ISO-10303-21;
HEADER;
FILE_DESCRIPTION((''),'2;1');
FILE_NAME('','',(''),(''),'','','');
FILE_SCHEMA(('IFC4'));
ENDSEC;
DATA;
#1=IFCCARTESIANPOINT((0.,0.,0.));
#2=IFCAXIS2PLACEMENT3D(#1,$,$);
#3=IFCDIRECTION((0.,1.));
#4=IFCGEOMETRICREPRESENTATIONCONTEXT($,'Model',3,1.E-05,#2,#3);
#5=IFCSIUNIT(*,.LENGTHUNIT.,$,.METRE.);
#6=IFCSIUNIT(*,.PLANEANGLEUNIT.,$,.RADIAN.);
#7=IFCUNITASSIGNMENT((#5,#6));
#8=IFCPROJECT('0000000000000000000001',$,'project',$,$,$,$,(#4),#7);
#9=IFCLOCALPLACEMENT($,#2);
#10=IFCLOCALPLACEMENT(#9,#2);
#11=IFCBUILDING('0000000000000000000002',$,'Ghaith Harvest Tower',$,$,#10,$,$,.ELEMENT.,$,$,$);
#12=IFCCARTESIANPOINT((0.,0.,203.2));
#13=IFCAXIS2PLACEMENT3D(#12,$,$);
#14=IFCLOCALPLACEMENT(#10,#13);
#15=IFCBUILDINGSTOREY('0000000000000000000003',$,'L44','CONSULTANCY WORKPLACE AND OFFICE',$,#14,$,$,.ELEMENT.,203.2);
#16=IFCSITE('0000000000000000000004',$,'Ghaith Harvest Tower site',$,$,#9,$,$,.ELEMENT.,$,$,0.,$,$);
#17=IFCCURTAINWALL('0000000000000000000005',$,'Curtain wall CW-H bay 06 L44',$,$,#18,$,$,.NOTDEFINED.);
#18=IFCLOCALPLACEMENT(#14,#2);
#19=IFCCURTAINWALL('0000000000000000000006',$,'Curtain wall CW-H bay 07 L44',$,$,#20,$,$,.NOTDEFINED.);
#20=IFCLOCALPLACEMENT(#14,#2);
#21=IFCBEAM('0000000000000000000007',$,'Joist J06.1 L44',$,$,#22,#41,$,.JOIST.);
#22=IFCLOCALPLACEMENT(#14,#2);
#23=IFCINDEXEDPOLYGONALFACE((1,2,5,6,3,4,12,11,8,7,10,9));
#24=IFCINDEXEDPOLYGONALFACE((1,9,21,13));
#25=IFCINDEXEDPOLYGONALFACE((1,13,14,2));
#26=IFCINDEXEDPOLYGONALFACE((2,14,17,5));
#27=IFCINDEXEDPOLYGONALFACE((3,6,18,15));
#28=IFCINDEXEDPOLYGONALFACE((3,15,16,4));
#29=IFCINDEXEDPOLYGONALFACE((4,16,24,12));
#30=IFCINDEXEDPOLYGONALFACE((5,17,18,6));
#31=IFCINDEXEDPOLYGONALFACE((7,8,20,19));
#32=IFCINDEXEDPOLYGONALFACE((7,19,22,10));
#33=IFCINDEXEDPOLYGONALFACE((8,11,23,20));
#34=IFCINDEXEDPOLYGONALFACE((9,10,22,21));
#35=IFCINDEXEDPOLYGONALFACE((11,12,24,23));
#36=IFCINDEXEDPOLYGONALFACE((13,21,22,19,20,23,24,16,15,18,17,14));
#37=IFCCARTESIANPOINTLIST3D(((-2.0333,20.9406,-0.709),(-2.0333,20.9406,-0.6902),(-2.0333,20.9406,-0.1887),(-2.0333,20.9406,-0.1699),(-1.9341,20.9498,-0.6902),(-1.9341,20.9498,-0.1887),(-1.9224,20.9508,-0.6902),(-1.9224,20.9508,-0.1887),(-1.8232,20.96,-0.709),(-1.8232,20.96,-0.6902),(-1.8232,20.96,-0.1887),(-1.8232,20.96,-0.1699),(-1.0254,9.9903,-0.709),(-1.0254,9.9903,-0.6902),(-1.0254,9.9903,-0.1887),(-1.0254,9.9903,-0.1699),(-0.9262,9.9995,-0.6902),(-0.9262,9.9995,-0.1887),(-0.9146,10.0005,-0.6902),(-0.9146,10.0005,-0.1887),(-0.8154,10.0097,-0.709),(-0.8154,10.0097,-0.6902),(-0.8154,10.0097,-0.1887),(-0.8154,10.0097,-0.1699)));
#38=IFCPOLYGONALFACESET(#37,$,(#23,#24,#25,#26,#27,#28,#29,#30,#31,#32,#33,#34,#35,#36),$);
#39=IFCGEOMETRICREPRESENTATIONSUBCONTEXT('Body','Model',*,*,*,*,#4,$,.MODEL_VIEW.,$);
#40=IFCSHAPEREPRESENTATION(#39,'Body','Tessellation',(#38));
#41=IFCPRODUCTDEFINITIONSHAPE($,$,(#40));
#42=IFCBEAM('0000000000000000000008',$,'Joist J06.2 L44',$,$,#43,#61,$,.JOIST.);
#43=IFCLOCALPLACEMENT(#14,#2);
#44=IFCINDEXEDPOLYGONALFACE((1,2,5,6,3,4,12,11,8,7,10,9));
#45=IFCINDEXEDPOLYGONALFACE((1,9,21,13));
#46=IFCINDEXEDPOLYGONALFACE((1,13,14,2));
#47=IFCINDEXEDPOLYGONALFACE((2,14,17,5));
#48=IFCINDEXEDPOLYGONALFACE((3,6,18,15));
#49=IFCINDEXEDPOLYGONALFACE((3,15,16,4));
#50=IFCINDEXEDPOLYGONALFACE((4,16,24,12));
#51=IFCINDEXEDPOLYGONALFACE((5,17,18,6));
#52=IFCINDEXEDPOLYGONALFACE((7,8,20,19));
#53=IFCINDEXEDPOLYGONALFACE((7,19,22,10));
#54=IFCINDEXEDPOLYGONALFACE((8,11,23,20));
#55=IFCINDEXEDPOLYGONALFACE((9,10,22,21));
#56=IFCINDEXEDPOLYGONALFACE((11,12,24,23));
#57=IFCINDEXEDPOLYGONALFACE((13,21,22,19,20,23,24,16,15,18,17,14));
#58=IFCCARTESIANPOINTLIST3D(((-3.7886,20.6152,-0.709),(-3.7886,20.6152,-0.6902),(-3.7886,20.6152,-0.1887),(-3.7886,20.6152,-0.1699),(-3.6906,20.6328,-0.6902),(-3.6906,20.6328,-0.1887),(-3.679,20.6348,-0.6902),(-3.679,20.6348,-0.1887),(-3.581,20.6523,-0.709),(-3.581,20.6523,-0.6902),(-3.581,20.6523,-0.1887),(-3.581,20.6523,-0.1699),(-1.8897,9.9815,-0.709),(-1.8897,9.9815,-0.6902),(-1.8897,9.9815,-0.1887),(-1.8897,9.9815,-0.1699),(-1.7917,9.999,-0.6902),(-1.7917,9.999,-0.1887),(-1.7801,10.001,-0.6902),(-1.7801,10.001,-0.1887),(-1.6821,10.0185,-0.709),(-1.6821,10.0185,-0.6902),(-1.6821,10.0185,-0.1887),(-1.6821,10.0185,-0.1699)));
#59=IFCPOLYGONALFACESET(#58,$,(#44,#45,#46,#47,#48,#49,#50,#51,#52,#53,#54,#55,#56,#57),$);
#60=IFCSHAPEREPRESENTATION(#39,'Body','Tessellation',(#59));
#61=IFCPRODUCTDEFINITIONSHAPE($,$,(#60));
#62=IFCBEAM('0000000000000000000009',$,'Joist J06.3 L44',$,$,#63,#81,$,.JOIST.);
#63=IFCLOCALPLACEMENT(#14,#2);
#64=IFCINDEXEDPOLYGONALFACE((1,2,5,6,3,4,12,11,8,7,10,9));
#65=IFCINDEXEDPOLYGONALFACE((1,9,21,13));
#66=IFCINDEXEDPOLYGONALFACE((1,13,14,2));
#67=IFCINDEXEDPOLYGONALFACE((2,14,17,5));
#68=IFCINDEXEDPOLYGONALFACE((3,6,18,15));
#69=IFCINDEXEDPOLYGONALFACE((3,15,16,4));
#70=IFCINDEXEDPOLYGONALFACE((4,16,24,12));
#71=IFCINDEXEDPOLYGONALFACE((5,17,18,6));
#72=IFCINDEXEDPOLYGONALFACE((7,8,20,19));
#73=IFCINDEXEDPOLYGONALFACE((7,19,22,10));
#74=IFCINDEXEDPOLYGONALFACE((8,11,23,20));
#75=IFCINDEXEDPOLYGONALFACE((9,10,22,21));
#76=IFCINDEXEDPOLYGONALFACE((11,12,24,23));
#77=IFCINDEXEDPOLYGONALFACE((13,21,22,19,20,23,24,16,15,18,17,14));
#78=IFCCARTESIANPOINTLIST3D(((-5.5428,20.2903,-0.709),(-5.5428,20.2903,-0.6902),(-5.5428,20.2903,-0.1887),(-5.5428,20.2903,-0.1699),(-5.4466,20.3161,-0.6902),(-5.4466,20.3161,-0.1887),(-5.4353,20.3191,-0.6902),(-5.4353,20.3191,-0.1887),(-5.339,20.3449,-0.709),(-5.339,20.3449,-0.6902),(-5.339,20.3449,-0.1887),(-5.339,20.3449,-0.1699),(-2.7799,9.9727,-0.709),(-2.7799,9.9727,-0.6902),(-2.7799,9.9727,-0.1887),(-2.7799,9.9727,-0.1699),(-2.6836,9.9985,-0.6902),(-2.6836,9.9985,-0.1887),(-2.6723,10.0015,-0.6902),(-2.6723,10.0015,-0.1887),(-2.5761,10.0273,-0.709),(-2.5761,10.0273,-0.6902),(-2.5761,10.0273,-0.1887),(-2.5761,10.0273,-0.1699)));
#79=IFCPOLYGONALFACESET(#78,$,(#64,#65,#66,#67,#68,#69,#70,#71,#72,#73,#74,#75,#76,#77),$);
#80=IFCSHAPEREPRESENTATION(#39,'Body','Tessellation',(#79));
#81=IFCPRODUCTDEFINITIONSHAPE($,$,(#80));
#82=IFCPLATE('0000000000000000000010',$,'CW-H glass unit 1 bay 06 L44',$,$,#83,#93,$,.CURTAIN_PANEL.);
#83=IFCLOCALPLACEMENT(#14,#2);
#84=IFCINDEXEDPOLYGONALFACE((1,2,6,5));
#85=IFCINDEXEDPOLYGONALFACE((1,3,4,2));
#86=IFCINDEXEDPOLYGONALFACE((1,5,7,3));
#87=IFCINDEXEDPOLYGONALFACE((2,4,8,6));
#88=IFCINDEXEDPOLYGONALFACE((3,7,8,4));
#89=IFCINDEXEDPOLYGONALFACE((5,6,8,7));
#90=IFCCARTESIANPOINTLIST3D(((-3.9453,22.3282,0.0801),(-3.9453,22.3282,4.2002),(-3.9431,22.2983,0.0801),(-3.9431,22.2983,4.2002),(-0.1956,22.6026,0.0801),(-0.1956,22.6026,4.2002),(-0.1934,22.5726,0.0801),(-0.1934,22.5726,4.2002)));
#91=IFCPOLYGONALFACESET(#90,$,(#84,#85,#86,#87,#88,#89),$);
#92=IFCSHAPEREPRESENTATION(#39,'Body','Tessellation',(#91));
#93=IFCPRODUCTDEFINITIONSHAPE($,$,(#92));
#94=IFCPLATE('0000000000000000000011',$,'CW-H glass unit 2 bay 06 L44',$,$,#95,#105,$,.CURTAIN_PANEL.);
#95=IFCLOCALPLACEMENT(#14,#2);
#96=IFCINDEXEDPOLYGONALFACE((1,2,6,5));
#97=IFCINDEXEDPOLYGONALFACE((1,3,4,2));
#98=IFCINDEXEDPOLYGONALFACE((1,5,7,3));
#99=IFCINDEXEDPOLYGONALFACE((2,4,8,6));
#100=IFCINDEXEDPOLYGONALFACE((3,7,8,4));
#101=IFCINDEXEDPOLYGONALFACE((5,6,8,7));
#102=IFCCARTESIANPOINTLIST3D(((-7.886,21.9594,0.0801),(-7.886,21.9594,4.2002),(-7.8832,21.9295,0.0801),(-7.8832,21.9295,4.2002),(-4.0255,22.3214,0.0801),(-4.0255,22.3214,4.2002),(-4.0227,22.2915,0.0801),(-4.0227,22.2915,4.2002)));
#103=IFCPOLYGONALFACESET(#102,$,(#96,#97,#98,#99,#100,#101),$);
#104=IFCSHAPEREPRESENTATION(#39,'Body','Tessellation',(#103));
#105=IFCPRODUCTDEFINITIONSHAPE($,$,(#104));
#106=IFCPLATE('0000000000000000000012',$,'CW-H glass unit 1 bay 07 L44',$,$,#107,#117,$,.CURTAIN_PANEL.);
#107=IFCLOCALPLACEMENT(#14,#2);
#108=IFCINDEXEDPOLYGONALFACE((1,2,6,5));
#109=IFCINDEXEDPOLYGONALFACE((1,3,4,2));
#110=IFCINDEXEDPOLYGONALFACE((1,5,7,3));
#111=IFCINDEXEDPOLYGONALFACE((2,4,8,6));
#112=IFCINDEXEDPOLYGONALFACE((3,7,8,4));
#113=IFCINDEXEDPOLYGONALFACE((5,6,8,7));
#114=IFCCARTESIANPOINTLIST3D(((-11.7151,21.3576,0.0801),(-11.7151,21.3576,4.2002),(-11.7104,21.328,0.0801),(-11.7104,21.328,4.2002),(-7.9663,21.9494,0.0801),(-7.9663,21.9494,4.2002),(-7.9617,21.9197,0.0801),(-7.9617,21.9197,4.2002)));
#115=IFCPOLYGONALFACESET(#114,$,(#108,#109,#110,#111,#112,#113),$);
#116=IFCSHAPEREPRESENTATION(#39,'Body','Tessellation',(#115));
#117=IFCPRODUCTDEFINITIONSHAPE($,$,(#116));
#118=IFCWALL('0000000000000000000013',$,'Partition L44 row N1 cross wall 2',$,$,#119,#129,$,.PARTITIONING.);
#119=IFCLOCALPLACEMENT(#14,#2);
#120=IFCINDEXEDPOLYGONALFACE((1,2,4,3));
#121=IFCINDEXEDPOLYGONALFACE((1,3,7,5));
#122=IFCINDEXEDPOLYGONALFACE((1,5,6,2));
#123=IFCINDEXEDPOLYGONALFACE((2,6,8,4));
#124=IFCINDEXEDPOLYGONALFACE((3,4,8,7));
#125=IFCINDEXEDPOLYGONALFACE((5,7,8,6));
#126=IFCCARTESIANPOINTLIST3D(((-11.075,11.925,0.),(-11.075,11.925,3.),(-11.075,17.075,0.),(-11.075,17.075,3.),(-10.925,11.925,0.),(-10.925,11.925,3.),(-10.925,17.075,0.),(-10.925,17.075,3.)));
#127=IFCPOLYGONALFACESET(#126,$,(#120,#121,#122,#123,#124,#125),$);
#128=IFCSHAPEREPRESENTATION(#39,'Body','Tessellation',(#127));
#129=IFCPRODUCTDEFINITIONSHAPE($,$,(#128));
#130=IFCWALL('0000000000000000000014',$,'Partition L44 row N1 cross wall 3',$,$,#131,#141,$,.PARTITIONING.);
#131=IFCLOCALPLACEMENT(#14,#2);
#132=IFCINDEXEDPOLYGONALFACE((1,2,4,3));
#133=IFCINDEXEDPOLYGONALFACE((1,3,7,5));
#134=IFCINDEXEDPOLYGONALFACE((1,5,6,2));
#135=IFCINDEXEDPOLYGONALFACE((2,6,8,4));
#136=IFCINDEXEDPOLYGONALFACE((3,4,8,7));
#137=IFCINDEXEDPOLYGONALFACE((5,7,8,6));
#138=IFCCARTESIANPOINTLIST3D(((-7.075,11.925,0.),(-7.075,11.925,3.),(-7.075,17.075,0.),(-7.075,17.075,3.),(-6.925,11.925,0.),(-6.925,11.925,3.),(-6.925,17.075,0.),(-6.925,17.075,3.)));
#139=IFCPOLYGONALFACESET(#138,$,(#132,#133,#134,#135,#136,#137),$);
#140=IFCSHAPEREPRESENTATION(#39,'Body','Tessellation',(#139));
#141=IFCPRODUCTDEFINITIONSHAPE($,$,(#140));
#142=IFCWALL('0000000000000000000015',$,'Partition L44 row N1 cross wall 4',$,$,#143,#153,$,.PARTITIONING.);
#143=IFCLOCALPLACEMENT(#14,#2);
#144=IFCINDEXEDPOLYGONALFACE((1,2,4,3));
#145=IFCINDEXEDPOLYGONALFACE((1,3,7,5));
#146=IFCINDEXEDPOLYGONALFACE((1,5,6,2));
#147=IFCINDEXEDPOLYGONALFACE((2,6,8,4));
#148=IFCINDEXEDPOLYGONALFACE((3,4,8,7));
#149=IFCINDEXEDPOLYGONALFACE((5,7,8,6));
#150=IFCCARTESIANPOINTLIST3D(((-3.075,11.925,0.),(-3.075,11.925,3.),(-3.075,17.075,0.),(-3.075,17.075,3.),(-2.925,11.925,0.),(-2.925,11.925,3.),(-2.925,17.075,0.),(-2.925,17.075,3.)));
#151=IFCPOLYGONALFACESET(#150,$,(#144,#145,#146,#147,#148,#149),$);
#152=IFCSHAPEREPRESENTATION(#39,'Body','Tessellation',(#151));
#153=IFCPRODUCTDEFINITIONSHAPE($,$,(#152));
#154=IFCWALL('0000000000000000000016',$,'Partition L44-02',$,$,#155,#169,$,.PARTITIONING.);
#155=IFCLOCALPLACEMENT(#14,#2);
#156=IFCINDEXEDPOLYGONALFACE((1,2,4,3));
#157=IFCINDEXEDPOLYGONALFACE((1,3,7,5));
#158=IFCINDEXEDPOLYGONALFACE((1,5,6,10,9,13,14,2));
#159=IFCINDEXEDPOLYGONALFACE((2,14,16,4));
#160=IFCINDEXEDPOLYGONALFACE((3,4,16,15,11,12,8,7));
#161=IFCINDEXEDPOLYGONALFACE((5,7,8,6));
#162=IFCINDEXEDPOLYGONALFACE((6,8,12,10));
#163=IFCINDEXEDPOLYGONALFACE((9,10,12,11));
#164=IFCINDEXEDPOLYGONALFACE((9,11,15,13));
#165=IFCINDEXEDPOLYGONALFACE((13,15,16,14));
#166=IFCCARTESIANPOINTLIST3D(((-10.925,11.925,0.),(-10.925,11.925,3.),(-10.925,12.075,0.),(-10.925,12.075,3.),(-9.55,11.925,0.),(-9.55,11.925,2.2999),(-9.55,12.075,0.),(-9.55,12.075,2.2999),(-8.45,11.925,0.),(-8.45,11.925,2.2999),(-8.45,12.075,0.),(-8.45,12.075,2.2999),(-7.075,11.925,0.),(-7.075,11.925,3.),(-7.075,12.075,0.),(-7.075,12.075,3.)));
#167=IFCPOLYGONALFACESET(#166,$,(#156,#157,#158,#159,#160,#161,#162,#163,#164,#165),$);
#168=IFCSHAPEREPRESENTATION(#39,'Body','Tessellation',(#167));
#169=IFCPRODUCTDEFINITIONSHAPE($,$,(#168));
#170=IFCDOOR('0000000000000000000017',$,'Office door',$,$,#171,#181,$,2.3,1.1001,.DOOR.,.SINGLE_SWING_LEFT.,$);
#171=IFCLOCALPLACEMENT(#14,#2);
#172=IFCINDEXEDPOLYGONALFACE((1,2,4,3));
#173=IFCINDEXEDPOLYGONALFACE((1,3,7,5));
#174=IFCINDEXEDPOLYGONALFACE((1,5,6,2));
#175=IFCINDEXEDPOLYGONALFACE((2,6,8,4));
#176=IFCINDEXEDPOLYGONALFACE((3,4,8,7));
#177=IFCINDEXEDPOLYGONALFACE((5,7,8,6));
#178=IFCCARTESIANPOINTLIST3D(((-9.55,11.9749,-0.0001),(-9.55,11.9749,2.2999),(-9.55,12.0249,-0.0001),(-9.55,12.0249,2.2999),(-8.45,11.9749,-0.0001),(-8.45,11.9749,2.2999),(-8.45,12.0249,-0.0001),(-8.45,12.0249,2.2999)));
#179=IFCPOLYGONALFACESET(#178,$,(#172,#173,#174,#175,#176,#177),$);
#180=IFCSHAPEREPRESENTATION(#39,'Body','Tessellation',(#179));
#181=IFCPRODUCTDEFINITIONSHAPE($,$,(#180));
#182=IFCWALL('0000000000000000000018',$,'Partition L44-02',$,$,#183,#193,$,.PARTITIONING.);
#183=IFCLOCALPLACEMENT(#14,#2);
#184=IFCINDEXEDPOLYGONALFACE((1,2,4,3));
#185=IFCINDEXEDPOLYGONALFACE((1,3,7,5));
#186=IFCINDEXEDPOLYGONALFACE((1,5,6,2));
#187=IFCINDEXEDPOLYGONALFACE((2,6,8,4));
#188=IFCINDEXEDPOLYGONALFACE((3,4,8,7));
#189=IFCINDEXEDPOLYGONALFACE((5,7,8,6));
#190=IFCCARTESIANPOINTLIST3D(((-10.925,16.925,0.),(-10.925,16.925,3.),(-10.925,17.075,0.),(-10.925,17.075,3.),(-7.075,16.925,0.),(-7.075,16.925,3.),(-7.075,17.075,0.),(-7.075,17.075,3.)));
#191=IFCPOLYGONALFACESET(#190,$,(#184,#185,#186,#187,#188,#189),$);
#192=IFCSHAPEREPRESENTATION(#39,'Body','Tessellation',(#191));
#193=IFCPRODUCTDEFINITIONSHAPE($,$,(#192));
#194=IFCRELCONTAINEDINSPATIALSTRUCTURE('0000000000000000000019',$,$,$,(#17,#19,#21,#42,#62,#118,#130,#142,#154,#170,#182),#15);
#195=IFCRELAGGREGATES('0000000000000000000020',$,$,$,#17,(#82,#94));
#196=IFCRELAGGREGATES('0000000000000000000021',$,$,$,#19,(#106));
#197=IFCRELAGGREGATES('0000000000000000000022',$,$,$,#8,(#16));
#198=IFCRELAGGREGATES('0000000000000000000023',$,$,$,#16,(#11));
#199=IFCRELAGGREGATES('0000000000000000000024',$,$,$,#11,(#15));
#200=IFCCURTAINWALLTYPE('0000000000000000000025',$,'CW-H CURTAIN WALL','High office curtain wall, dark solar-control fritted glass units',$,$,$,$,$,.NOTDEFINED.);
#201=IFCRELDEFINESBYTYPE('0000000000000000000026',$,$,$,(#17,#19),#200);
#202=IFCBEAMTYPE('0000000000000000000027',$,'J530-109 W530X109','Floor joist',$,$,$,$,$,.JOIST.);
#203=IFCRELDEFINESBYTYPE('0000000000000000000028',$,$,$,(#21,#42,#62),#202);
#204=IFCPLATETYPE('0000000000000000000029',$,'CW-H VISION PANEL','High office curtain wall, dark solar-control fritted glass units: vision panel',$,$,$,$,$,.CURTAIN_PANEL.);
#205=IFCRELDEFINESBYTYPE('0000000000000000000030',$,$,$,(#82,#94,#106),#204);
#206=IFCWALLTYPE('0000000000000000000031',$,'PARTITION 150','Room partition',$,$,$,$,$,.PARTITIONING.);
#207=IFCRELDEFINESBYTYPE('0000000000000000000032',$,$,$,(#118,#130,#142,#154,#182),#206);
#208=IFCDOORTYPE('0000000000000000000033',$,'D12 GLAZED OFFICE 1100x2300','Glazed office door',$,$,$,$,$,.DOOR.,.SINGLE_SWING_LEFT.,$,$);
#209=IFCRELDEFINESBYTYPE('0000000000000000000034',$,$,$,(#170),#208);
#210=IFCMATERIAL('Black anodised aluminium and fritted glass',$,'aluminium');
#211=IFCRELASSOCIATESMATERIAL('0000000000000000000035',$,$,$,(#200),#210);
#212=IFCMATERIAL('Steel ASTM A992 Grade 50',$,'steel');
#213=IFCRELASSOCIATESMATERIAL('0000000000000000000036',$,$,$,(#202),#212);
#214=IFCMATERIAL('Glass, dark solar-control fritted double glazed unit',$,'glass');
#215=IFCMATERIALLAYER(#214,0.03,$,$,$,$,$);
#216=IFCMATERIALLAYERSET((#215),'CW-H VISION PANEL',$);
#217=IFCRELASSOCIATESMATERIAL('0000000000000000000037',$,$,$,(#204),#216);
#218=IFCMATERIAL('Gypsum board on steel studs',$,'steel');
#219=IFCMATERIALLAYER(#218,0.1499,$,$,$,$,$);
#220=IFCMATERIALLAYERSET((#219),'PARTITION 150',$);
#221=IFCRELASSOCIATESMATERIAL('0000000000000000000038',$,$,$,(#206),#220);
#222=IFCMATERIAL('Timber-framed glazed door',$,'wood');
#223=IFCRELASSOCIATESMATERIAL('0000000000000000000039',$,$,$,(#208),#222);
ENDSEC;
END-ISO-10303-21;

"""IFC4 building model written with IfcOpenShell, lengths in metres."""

from ifc_helpers import new_model, si_unit, direction, frame, frame_2d, origin, origin_2d, place, context, subcontext, project, spatial, rectangle, i_section, extrude, material, layer, layer_set, material_profile, profile_set, type_object, element, fill, aggregate, save


model = new_model("IFC4")

# Units and contexts
model_context = context("Model", 3, precision=1e-05, world=origin(), true_north=direction((0.0, 1.0)))
body_context = subcontext(model_context, "Body", "Model", "MODEL_VIEW")
ifc_project = project(units=[si_unit("LENGTHUNIT", "METRE"), si_unit("PLANEANGLEUNIT", "RADIAN")], contexts=[model_context])

# Site, building, storey
site_placement = place(None, origin())
site = spatial("IfcSite", under=ifc_project, at=site_placement, Name="Ghaith Harvest Tower site", CompositionType="ELEMENT", RefElevation=0.0)
building_placement = place(site_placement, origin())
building = spatial("IfcBuilding", under=site, at=building_placement, Name="Ghaith Harvest Tower", CompositionType="ELEMENT")
storey_placement = place(building_placement, frame((0.0, 0.0, 203.2)))
storey = spatial("IfcBuildingStorey", under=building, at=storey_placement, Name="L44", Description="CONSULTANCY WORKPLACE AND OFFICE", CompositionType="ELEMENT", Elevation=203.2)

# Curtain wall
ifc_material_1 = material(Name="Black anodised aluminium and fritted glass", Category="aluminium")
curtain_wall_type = type_object("IfcCurtainWallType", Name="CW-H CURTAIN WALL", Description="High office curtain wall, dark solar-control fritted glass units", PredefinedType="NOTDEFINED", material=ifc_material_1)
curtain_wall_1_placement = place(storey_placement, origin())
curtain_wall_1 = element("IfcCurtainWall", 1, at=curtain_wall_1_placement, inside=storey, type_object=curtain_wall_type, Name="Curtain wall CW-H bay 06 L44", PredefinedType="NOTDEFINED")

# Curtain wall
curtain_wall_2_placement = place(storey_placement, origin())
curtain_wall_2 = element("IfcCurtainWall", 2, at=curtain_wall_2_placement, inside=storey, type_object=curtain_wall_type, Name="Curtain wall CW-H bay 07 L44", PredefinedType="NOTDEFINED")

# Beams
ifc_material_2 = material(Name="Steel ASTM A992 Grade 50", Category="steel")
ifc_material_profile_1 = material_profile(ifc_material_2, i_section(OverallWidth=0.2109, OverallDepth=0.5391, WebThickness=0.0117, FlangeThickness=0.0188, at=origin_2d()), Name="W530X109")
ifc_profile_set_1 = profile_set([ifc_material_profile_1], Name="Steel ASTM A992 Grade 50")
beam_type_1 = type_object("IfcBeamType", Name="J530-109 W530X109", Description="Floor joist", PredefinedType="JOIST", material=ifc_profile_set_1)
beam_1_placement = place(storey_placement, frame((-0.9204, 10.0, -0.4395), z_axis=(-0.091649, 0.995791, 0.0), x_axis=(-0.995791, -0.091649, 0.0)))
element("IfcBeam", 3, at=beam_1_placement, inside=storey, type_object=beam_type_1, Name="Joist J06.1 L44", PredefinedType="JOIST", context=body_context, shape_type="SweptSolid", body=[
    extrude(i_section(OverallWidth=0.2109, OverallDepth=0.5391, WebThickness=0.0117, FlangeThickness=0.0188, at=origin_2d()), origin(), (0.0, 0.0, 1.0), 10.9966),
])
beam_2_placement = place(storey_placement, frame((-1.7859, 10.0, -0.4395), z_axis=(-0.175794, 0.984427, 0.0), x_axis=(-0.984427, -0.175794, 0.0)))
element("IfcBeam", 4, at=beam_2_placement, inside=storey, type_object=beam_type_1, Name="Joist J06.2 L44", PredefinedType="JOIST", context=body_context, shape_type="SweptSolid", body=[
    extrude(i_section(OverallWidth=0.2109, OverallDepth=0.5391, WebThickness=0.0117, FlangeThickness=0.0188, at=origin_2d()), origin(), (0.0, 0.0, 1.0), 10.802),
])
beam_3_placement = place(storey_placement, frame((-2.678, 10.0, -0.4395), z_axis=(-0.258674, 0.965965, 0.0), x_axis=(-0.965965, -0.258674, 0.0)))
element("IfcBeam", 5, at=beam_3_placement, inside=storey, type_object=beam_type_1, Name="Joist J06.3 L44", PredefinedType="JOIST", context=body_context, shape_type="SweptSolid", body=[
    extrude(i_section(OverallWidth=0.2109, OverallDepth=0.5391, WebThickness=0.0117, FlangeThickness=0.0188, at=origin_2d()), origin(), (0.0, 0.0, 1.0), 10.6812),
])

# Plates
ifc_material_3 = material(Name="Glass, dark solar-control fritted double glazed unit", Category="glass")
ifc_layer_1 = layer(ifc_material_3, 0.03)
ifc_layer_set_1 = layer_set([ifc_layer_1], Name="CW-H VISION PANEL")
plate_type = type_object("IfcPlateType", Name="CW-H VISION PANEL", Description="High office curtain wall, dark solar-control fritted glass units: vision panel", PredefinedType="CURTAIN_PANEL", material=ifc_layer_set_1)
plate_1_placement = place(storey_placement, frame((-2.0693, 22.4504, 0.0801), z_axis=(0.0, 0.0, 1.0), x_axis=(-0.997334, -0.072966, 0.0)))
plate_1 = element("IfcPlate", 6, at=plate_1_placement, type_object=plate_type, Name="CW-H glass unit 1 bay 06 L44", PredefinedType="CURTAIN_PANEL", context=body_context, shape_type="SweptSolid", body=[
    extrude(rectangle(XDim=3.7598, YDim=0.03, at=origin_2d()), origin(), (0.0, 0.0, 1.0), 4.1201),
])
plate_2_placement = place(storey_placement, frame((-5.9543, 22.1255, 0.0801), z_axis=(0.0, 0.0, 1.0), x_axis=(-0.995632, -0.093365, 0.0)))
plate_2 = element("IfcPlate", 7, at=plate_2_placement, type_object=plate_type, Name="CW-H glass unit 2 bay 06 L44", PredefinedType="CURTAIN_PANEL", context=body_context, shape_type="SweptSolid", body=[
    extrude(rectangle(XDim=3.8774, YDim=0.03, at=origin_2d()), origin(), (0.0, 0.0, 1.0), 4.1201),
])
aggregate(curtain_wall_1, [plate_1, plate_2])
plate_3_placement = place(storey_placement, frame((-9.8384, 21.6387, 0.0801), z_axis=(0.0, 0.0, 1.0), x_axis=(-0.98777, -0.155916, 0.0)))
plate_3 = element("IfcPlate", 8, at=plate_3_placement, type_object=plate_type, Name="CW-H glass unit 1 bay 07 L44", PredefinedType="CURTAIN_PANEL", context=body_context, shape_type="SweptSolid", body=[
    extrude(rectangle(XDim=3.7952, YDim=0.03, at=origin_2d()), origin(), (0.0, 0.0, 1.0), 4.1201),
])
aggregate(curtain_wall_2, [plate_3])

# Walls
ifc_material_4 = material(Name="Gypsum board on steel studs", Category="steel")
ifc_layer_2 = layer(ifc_material_4, 0.1499)
ifc_layer_set_2 = layer_set([ifc_layer_2], Name="PARTITION 150")
wall_type = type_object("IfcWallType", Name="PARTITION 150", Description="Room partition", PredefinedType="PARTITIONING", material=ifc_layer_set_2)
for number, where, z_axis, x_axis, name in (
    (9, (-11.0, 11.925, 0.0), (0.0, 0.0, 1.0), (0.0, 1.0, 0.0), "Partition L44 row N1 cross wall 2"),
    (10, (-7.0, 11.925, 0.0), (0.0, 0.0, 1.0), (0.0, 1.0, 0.0), "Partition L44 row N1 cross wall 3"),
    (11, (-3.0, 11.925, 0.0), (0.0, 0.0, 1.0), (0.0, 1.0, 0.0), "Partition L44 row N1 cross wall 4"),
):
    element("IfcWall", number, at=place(storey_placement, frame(where, z_axis=z_axis, x_axis=x_axis)), inside=storey, type_object=wall_type, Name=name, PredefinedType="PARTITIONING", context=body_context, shape_type="SweptSolid", body=[
        extrude(rectangle(XDim=5.1499, YDim=0.1499, at=frame_2d((2.575, 0.0))), origin(), (0.0, 0.0, 1.0), 3.0),
    ])

# Wall, opening, door
wall_1_placement = place(storey_placement, frame((-10.925, 12.0, 0.0), z_axis=(0.0, 0.0, 1.0), x_axis=(1.0, 0.0, 0.0)))
wall_1 = element("IfcWall", 12, at=wall_1_placement, inside=storey, type_object=wall_type, Name="Partition L44-02", PredefinedType="PARTITIONING", context=body_context, shape_type="SweptSolid", body=[
    extrude(rectangle(XDim=3.8501, YDim=0.1499, at=frame_2d((1.925, 0.0))), origin(), (0.0, 0.0, 1.0), 3.0),
])
opening_1_placement = place(wall_1_placement, frame((1.375, 0.0, 0.0)))
opening_1 = element("IfcOpeningElement", 13, at=opening_1_placement, cuts=wall_1, PredefinedType="OPENING", context=body_context, shape_type="SweptSolid", body=[
    extrude(rectangle(XDim=1.1001, YDim=2.3, at=frame_2d((0.55, 1.1499))), frame((0.0, 0.085, 0.0), z_axis=(0.0, -1.0, 0.0), x_axis=(1.0, 0.0, 0.0)), (0.0, 0.0, 1.0), 0.1699),
])
ifc_material_5 = material(Name="Timber-framed glazed door", Category="wood")
door_type = type_object("IfcDoorType", Name="D12 GLAZED OFFICE 1100x2300", Description="Glazed office door", OperationType="SINGLE_SWING_LEFT", PredefinedType="DOOR", material=ifc_material_5)
door_1_placement = place(opening_1_placement, origin())
door_1 = element("IfcDoor", 14, at=door_1_placement, inside=storey, type_object=door_type, Name="Office door", OperationType="SINGLE_SWING_LEFT", OverallHeight=2.3, OverallWidth=1.1001, PredefinedType="DOOR", context=body_context, shape_type="SweptSolid", body=[
    extrude(rectangle(XDim=1.1001, YDim=2.3, at=frame_2d((0.55, 1.1499))), frame((0.0, 0.0249, 0.0), z_axis=(0.0, -1.0, 0.0), x_axis=(1.0, 0.0, 0.0)), (0.0, 0.0, 1.0), 0.05),
])
fill(opening_1, door_1)

# Wall
wall_2_placement = place(storey_placement, frame((-10.925, 17.0, 0.0), z_axis=(0.0, 0.0, 1.0), x_axis=(1.0, 0.0, 0.0)))
element("IfcWall", 15, at=wall_2_placement, inside=storey, type_object=wall_type, Name="Partition L44-02", PredefinedType="PARTITIONING", context=body_context, shape_type="SweptSolid", body=[
    extrude(rectangle(XDim=3.8501, YDim=0.1499, at=frame_2d((1.925, 0.0))), origin(), (0.0, 0.0, 1.0), 3.0),
])

save(model, "model.ifc")
